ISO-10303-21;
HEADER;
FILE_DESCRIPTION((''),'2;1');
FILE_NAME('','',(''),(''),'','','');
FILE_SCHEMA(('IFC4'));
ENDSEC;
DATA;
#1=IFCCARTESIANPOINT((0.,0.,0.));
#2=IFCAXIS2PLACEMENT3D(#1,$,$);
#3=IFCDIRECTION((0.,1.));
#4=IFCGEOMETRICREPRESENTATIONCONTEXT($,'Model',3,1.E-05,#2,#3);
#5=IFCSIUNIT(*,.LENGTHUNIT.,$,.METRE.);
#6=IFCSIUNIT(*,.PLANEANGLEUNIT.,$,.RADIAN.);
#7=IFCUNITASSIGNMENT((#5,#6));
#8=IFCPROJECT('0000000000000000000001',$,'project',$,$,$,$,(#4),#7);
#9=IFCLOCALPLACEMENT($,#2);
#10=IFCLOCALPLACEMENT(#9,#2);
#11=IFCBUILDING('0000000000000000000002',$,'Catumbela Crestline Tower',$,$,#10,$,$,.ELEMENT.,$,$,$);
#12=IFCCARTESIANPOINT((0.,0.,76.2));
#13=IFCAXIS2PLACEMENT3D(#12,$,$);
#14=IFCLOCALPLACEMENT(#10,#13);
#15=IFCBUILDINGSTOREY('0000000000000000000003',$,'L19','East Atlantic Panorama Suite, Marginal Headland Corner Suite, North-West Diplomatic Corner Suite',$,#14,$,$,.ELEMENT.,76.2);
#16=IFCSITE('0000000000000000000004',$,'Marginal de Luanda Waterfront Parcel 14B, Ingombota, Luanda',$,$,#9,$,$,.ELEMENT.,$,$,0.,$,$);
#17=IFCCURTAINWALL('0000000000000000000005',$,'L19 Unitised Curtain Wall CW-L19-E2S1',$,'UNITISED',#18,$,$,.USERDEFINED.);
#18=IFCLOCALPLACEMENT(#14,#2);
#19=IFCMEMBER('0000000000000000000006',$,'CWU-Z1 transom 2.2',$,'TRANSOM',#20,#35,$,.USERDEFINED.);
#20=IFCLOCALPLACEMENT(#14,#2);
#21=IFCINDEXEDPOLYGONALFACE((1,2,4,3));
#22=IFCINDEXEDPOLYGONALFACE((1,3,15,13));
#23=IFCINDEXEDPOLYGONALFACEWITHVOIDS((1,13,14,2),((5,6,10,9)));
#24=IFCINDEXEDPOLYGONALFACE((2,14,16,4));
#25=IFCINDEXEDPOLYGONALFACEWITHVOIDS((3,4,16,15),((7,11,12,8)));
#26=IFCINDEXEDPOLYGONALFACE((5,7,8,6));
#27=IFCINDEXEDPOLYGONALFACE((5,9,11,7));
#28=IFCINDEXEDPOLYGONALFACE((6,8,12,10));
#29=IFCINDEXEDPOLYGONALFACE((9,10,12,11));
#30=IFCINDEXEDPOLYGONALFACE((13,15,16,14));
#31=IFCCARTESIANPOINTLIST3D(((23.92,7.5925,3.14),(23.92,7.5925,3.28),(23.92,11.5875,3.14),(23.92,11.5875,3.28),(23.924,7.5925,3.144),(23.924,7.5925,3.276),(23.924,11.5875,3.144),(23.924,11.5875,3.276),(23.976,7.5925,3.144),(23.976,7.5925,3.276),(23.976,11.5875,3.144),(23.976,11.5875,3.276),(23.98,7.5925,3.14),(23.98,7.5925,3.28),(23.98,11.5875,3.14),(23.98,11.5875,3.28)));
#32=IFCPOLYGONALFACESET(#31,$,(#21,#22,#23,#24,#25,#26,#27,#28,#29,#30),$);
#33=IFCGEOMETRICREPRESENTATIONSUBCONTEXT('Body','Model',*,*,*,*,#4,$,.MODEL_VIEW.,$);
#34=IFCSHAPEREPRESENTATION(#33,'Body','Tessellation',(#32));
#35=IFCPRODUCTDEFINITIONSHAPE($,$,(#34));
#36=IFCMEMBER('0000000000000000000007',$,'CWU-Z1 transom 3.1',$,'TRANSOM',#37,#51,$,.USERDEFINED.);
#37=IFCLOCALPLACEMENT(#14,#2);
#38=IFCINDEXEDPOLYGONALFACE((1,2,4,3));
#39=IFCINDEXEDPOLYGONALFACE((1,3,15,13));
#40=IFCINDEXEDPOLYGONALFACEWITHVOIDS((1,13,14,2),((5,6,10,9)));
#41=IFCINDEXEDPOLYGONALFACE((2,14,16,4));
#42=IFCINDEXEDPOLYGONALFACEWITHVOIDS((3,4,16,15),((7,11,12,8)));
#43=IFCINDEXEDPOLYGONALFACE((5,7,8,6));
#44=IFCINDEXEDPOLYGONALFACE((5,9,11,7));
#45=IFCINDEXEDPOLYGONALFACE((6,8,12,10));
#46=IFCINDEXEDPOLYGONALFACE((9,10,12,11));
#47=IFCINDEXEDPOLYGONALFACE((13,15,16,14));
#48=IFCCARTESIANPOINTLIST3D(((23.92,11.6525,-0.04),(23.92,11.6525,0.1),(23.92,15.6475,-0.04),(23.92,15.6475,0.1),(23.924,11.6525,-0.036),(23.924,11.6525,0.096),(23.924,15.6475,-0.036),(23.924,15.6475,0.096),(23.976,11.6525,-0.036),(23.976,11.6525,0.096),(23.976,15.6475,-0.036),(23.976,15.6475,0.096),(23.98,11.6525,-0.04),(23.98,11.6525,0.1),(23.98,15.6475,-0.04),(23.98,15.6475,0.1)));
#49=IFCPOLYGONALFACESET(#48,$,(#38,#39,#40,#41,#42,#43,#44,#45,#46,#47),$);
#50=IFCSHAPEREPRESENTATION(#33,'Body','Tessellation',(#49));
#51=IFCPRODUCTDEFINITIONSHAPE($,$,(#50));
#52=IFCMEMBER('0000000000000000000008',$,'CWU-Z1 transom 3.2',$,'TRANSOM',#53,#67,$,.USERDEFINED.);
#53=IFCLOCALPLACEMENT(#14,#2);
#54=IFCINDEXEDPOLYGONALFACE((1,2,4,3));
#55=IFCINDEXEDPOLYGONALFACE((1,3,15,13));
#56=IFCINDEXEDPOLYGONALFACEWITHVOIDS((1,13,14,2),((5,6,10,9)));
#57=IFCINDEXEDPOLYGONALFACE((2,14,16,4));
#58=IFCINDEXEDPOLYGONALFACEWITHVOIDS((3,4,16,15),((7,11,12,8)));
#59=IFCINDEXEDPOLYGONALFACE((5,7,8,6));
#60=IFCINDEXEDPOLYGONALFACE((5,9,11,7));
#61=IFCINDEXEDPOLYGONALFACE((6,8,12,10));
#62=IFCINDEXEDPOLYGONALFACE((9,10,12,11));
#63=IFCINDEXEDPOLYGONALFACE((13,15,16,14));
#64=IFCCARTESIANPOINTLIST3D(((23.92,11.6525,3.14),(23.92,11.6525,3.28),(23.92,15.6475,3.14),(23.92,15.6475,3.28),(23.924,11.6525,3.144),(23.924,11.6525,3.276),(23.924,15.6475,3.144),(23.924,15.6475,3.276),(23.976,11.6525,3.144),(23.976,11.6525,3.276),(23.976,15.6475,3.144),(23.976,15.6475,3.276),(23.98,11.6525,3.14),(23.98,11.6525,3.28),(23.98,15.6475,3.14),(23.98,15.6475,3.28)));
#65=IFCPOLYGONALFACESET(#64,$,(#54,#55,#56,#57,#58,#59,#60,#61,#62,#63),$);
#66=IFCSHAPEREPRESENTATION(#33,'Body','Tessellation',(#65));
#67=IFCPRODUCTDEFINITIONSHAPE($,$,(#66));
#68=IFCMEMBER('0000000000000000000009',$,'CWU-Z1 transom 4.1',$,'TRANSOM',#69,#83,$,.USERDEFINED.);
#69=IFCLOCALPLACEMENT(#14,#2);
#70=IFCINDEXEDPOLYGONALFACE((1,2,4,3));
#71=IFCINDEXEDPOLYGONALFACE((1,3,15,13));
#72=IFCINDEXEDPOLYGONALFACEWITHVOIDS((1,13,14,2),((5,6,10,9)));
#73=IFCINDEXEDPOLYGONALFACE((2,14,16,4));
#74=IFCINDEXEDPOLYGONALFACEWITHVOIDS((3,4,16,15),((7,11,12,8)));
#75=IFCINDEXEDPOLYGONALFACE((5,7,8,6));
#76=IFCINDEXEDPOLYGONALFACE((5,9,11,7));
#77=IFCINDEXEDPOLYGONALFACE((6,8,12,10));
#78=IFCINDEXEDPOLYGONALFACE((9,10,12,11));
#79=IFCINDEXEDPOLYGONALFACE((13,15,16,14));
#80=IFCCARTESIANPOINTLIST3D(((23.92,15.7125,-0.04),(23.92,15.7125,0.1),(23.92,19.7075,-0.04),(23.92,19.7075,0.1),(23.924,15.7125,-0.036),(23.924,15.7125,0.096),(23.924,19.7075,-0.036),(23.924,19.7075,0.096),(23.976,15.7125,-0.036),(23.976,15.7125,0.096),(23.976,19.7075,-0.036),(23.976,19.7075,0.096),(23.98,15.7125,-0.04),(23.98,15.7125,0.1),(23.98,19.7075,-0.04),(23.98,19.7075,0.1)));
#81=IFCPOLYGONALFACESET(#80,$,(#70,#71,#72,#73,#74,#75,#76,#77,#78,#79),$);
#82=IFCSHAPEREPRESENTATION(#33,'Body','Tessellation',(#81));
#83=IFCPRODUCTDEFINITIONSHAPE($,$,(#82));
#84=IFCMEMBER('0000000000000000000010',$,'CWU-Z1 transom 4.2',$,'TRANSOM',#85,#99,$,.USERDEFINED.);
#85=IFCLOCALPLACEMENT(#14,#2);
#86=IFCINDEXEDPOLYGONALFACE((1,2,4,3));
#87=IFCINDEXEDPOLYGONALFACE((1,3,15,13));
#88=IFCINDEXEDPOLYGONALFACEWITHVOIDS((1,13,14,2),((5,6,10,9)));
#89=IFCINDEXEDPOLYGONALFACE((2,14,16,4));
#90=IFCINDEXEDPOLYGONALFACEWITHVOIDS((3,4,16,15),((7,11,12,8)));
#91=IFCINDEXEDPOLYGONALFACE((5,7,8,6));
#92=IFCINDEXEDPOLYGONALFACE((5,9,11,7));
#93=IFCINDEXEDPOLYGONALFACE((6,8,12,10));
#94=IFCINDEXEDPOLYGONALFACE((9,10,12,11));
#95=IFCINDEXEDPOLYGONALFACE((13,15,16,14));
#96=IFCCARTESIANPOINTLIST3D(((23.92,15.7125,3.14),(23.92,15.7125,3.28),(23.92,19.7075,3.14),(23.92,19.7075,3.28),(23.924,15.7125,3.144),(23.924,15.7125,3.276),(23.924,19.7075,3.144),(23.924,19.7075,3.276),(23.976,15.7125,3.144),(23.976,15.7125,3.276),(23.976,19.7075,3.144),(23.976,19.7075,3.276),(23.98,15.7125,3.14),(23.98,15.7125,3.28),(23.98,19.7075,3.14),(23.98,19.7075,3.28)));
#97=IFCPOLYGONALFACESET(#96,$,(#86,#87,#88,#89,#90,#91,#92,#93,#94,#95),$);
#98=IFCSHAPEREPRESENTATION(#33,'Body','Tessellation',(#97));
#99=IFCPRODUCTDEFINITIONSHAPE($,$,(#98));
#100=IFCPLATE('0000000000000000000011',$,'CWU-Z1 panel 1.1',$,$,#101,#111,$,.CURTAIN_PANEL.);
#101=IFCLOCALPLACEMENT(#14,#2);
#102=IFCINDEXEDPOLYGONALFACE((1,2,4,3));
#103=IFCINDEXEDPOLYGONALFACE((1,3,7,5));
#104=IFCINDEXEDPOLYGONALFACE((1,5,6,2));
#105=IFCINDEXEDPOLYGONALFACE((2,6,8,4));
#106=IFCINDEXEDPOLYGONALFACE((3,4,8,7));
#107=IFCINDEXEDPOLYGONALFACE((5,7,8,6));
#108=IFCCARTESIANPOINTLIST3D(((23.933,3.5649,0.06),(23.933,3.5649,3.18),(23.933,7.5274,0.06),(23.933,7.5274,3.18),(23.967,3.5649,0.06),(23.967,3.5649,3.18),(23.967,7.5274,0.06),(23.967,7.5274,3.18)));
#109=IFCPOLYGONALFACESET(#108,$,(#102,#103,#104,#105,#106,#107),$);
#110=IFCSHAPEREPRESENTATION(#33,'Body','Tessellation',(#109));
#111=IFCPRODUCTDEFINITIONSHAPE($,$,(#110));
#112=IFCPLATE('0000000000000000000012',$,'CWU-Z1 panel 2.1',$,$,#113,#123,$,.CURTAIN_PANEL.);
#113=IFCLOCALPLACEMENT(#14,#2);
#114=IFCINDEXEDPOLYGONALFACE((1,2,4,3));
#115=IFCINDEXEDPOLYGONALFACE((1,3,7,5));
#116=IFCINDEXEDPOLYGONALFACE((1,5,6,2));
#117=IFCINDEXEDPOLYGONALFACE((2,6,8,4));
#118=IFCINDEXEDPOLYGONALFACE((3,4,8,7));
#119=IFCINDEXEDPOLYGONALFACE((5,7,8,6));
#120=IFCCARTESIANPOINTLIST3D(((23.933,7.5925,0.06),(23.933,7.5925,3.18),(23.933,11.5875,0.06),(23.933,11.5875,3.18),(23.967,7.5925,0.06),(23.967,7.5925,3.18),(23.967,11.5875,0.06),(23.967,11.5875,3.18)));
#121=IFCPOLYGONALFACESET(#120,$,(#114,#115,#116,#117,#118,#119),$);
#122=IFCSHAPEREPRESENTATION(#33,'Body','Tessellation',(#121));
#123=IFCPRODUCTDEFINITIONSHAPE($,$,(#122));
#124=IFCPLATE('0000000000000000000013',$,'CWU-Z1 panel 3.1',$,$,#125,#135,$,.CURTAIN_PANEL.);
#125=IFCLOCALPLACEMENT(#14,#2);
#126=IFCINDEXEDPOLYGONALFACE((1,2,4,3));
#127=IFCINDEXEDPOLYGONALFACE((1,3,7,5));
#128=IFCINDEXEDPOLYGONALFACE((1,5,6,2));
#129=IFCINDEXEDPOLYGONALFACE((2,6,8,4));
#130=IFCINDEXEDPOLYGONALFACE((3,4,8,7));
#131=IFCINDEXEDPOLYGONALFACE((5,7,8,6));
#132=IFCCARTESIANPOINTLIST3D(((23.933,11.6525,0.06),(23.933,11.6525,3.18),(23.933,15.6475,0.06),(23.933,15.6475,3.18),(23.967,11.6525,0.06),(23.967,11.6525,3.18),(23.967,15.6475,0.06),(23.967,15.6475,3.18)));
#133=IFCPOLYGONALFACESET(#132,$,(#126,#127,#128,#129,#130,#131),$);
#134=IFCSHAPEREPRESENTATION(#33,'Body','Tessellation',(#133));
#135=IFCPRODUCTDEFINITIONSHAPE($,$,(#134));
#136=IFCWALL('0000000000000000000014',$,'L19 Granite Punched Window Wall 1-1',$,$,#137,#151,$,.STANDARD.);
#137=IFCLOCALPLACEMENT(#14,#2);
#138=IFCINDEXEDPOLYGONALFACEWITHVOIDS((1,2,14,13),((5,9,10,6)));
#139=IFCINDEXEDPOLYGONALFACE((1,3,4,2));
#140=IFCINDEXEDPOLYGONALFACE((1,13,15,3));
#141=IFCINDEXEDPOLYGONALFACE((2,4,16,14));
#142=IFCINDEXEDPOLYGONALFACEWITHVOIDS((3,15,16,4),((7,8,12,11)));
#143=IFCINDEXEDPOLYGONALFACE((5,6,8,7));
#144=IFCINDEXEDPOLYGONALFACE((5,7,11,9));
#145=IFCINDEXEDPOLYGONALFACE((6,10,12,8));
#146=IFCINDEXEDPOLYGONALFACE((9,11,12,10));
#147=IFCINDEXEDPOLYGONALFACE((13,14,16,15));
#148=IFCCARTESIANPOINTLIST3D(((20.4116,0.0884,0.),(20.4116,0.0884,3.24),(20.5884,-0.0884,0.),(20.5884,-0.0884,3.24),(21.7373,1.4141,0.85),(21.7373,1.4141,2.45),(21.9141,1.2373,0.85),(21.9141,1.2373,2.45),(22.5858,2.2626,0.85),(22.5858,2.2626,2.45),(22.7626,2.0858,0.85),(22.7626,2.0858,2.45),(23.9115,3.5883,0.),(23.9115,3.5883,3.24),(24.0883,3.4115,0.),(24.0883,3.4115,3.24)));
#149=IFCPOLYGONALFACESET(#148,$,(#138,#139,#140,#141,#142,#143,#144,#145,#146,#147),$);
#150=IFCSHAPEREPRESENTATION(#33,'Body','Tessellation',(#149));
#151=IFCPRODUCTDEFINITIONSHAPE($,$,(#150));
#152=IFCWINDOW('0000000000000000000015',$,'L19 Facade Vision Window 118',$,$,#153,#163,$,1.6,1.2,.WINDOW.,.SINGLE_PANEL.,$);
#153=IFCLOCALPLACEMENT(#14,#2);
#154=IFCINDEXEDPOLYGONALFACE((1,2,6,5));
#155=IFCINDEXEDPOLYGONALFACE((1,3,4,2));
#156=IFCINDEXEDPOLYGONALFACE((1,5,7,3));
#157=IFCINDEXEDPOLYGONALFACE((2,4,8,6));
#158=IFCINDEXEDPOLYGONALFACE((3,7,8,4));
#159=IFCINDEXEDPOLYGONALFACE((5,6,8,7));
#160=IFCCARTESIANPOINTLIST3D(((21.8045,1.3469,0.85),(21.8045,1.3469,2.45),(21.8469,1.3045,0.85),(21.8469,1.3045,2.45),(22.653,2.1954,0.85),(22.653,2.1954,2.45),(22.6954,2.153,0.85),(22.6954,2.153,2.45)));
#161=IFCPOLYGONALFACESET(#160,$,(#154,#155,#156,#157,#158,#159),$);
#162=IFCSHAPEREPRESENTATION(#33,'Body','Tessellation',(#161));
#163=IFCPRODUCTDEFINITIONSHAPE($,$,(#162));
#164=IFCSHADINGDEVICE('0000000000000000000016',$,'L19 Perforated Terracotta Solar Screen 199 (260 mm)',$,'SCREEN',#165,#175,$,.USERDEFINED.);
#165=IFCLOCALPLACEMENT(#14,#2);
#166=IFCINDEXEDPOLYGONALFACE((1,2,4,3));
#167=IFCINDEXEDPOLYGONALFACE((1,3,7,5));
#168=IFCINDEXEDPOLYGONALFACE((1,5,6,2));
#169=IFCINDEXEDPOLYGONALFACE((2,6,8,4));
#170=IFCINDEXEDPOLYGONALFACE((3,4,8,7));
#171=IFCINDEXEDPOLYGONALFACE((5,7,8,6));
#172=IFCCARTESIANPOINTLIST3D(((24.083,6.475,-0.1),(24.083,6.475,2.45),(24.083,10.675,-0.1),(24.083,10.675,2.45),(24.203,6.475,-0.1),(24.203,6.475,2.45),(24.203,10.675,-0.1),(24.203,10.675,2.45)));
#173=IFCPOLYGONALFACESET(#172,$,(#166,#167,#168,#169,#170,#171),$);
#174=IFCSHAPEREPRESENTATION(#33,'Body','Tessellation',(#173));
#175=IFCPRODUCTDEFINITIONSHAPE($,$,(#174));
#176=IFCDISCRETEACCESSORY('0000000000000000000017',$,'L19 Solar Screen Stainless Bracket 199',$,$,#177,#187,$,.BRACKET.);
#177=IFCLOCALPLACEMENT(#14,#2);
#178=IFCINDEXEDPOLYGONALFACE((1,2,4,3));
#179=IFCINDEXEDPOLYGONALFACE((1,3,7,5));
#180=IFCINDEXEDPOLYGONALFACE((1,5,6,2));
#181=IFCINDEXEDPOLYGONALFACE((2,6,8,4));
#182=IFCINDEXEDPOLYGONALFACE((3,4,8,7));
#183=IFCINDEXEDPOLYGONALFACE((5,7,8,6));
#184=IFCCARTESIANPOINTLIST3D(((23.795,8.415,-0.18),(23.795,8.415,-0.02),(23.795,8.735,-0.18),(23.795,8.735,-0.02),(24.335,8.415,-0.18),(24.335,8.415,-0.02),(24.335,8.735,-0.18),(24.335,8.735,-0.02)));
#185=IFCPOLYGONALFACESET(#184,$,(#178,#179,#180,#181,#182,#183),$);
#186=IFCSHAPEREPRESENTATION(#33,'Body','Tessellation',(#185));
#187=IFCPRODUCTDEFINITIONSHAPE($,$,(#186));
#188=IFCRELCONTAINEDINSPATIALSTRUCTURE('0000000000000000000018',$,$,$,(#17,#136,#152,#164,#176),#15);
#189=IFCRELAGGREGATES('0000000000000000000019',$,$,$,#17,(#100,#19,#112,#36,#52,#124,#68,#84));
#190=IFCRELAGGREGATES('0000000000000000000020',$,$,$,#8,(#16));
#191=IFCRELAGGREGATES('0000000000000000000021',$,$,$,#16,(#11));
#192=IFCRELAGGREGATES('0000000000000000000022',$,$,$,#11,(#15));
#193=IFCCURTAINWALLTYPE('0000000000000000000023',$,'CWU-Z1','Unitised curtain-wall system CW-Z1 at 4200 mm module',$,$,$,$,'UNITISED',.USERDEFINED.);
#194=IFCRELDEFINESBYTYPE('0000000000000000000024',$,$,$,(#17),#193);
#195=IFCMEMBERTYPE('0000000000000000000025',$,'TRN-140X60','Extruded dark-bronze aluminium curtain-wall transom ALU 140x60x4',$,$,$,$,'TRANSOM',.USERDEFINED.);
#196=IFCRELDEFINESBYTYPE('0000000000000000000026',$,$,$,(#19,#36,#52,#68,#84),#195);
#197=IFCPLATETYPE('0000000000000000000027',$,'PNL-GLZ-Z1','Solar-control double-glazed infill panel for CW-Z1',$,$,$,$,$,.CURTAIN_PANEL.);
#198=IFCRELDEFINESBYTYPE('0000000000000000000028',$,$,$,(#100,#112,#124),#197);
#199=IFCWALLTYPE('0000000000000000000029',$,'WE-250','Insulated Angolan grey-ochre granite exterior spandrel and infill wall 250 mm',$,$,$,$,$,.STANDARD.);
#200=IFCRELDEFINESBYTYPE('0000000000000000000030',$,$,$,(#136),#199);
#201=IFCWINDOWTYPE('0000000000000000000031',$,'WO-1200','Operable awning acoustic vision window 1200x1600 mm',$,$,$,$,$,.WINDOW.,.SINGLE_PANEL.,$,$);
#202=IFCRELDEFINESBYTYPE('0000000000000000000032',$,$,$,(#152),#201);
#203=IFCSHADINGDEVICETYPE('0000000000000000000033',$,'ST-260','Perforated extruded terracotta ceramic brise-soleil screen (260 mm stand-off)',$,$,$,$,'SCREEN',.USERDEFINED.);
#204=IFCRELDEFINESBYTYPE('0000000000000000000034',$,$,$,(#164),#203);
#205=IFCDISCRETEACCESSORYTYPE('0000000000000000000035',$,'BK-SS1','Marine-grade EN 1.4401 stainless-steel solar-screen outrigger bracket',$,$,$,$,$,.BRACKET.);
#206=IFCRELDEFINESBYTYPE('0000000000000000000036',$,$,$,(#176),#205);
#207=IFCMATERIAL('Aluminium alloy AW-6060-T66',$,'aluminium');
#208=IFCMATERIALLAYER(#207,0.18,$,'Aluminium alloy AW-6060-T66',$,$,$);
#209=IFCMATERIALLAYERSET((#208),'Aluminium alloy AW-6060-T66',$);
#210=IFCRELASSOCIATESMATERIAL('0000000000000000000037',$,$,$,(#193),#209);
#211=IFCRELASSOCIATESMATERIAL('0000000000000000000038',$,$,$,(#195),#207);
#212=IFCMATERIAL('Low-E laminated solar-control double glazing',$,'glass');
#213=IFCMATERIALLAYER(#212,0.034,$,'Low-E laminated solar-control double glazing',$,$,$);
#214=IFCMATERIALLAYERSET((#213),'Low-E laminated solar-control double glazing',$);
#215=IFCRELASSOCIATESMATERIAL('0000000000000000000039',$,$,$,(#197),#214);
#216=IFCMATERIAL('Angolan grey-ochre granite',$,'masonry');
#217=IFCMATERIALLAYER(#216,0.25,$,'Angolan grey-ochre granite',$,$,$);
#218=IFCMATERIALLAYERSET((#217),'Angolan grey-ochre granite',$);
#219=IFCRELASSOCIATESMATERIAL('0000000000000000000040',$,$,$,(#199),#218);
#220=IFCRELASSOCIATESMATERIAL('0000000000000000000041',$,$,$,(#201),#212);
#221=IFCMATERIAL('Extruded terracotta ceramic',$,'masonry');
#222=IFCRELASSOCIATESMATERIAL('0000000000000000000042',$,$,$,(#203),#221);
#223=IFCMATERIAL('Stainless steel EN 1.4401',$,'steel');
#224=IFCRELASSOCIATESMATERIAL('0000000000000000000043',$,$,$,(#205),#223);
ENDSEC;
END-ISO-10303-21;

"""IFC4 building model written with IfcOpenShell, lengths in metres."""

from ifc_helpers import new_model, si_unit, direction, frame, frame_2d, origin, origin_2d, place, context, subcontext, project, spatial, rectangle, hollow_rectangle, extrude, material, layer, layer_set, material_profile, profile_set, type_object, element, fill, aggregate, save


model = new_model("IFC4")

# Units and contexts
model_context = context("Model", 3, precision=1e-05, world=origin(), true_north=direction((0.0, 1.0)))
body_context = subcontext(model_context, "Body", "Model", "MODEL_VIEW")
ifc_project = project(units=[si_unit("LENGTHUNIT", "METRE"), si_unit("PLANEANGLEUNIT", "RADIAN")], contexts=[model_context])

# Site, building, storey
site_placement = place(None, origin())
site = spatial("IfcSite", under=ifc_project, at=site_placement, Name="Marginal de Luanda Waterfront Parcel 14B, Ingombota, Luanda", CompositionType="ELEMENT", RefElevation=0.0)
building_placement = place(site_placement, origin())
building = spatial("IfcBuilding", under=site, at=building_placement, Name="Catumbela Crestline Tower", CompositionType="ELEMENT")
storey_placement = place(building_placement, frame((0.0, 0.0, 76.2)))
storey = spatial("IfcBuildingStorey", under=building, at=storey_placement, Name="L19", Description="East Atlantic Panorama Suite, Marginal Headland Corner Suite, North-West Diplomatic Corner Suite", CompositionType="ELEMENT", Elevation=76.2)

# Shared definitions
ifc_material_1 = material(Name="Aluminium alloy AW-6060-T66", Category="aluminium")
ifc_layer_1 = layer(ifc_material_1, 0.18, Name="Aluminium alloy AW-6060-T66")
ifc_layer_set_1 = layer_set([ifc_layer_1], Name="Aluminium alloy AW-6060-T66")
curtain_wall_type = type_object("IfcCurtainWallType", Name="CWU-Z1", Description="Unitised curtain-wall system CW-Z1 at 4200 mm module", ElementType="UNITISED", PredefinedType="USERDEFINED", material=ifc_layer_set_1)

# Curtain wall
curtain_wall_1_placement = place(storey_placement, origin())
curtain_wall_1 = element("IfcCurtainWall", 1, at=curtain_wall_1_placement, inside=storey, type_object=curtain_wall_type, Name="L19 Unitised Curtain Wall CW-L19-E2S1", ObjectType="UNITISED", PredefinedType="USERDEFINED")

# Members
ifc_material_profile_1 = material_profile(ifc_material_1, hollow_rectangle(XDim=0.06, YDim=0.14, WallThickness=0.004, at=origin_2d()), Name="ALU 140x60x4")
ifc_profile_set_1 = profile_set([ifc_material_profile_1], Name="Aluminium alloy AW-6060-T66")
member_type_1 = type_object("IfcMemberType", Name="TRN-140X60", Description="Extruded dark-bronze aluminium curtain-wall transom ALU 140x60x4", ElementType="TRANSOM", PredefinedType="USERDEFINED", material=ifc_profile_set_1)
member_1_placement = place(storey_placement, frame((23.95, 7.5925, 3.21), z_axis=(0.0, 1.0, 0.0), x_axis=(-1.0, 0.0, 0.0)))
member_1 = element("IfcMember", 2, at=member_1_placement, type_object=member_type_1, Name="CWU-Z1 transom 2.2", ObjectType="TRANSOM", PredefinedType="USERDEFINED", context=body_context, shape_type="SweptSolid", body=[
    extrude(hollow_rectangle(XDim=0.06, YDim=0.14, WallThickness=0.004, at=origin_2d()), origin(), (0.0, 0.0, 1.0), 3.995),
])
member_2_placement = place(storey_placement, frame((23.95, 11.6525, 0.03), z_axis=(0.0, 1.0, 0.0), x_axis=(-1.0, 0.0, 0.0)))
member_2 = element("IfcMember", 3, at=member_2_placement, type_object=member_type_1, Name="CWU-Z1 transom 3.1", ObjectType="TRANSOM", PredefinedType="USERDEFINED", context=body_context, shape_type="SweptSolid", body=[
    extrude(hollow_rectangle(XDim=0.06, YDim=0.14, WallThickness=0.004, at=origin_2d()), origin(), (0.0, 0.0, 1.0), 3.995),
])
member_3_placement = place(storey_placement, frame((23.95, 11.6525, 3.21), z_axis=(0.0, 1.0, 0.0), x_axis=(-1.0, 0.0, 0.0)))
member_3 = element("IfcMember", 4, at=member_3_placement, type_object=member_type_1, Name="CWU-Z1 transom 3.2", ObjectType="TRANSOM", PredefinedType="USERDEFINED", context=body_context, shape_type="SweptSolid", body=[
    extrude(hollow_rectangle(XDim=0.06, YDim=0.14, WallThickness=0.004, at=origin_2d()), origin(), (0.0, 0.0, 1.0), 3.995),
])
member_4_placement = place(storey_placement, frame((23.95, 15.7125, 0.03), z_axis=(0.0, 1.0, 0.0), x_axis=(-1.0, 0.0, 0.0)))
member_4 = element("IfcMember", 5, at=member_4_placement, type_object=member_type_1, Name="CWU-Z1 transom 4.1", ObjectType="TRANSOM", PredefinedType="USERDEFINED", context=body_context, shape_type="SweptSolid", body=[
    extrude(hollow_rectangle(XDim=0.06, YDim=0.14, WallThickness=0.004, at=origin_2d()), origin(), (0.0, 0.0, 1.0), 3.995),
])
member_5_placement = place(storey_placement, frame((23.95, 15.7125, 3.21), z_axis=(0.0, 1.0, 0.0), x_axis=(-1.0, 0.0, 0.0)))
member_5 = element("IfcMember", 6, at=member_5_placement, type_object=member_type_1, Name="CWU-Z1 transom 4.2", ObjectType="TRANSOM", PredefinedType="USERDEFINED", context=body_context, shape_type="SweptSolid", body=[
    extrude(hollow_rectangle(XDim=0.06, YDim=0.14, WallThickness=0.004, at=origin_2d()), origin(), (0.0, 0.0, 1.0), 3.995),
])

# Plates
ifc_material_2 = material(Name="Low-E laminated solar-control double glazing", Category="glass")
ifc_layer_2 = layer(ifc_material_2, 0.034, Name="Low-E laminated solar-control double glazing")
ifc_layer_set_2 = layer_set([ifc_layer_2], Name="Low-E laminated solar-control double glazing")
plate_type = type_object("IfcPlateType", Name="PNL-GLZ-Z1", Description="Solar-control double-glazed infill panel for CW-Z1", PredefinedType="CURTAIN_PANEL", material=ifc_layer_set_2)
plate_1_placement = place(storey_placement, frame((23.95, 5.5462, 0.06), z_axis=(0.0, 0.0, 1.0), x_axis=(0.0, 1.0, 0.0)))
plate_1 = element("IfcPlate", 7, at=plate_1_placement, type_object=plate_type, Name="CWU-Z1 panel 1.1", PredefinedType="CURTAIN_PANEL", context=body_context, shape_type="SweptSolid", body=[
    extrude(rectangle(XDim=3.9625, YDim=0.034, at=origin_2d()), origin(), (0.0, 0.0, 1.0), 3.12),
])
plate_2_placement = place(storey_placement, frame((23.95, 9.59, 0.06), z_axis=(0.0, 0.0, 1.0), x_axis=(0.0, 1.0, 0.0)))
plate_2 = element("IfcPlate", 8, at=plate_2_placement, type_object=plate_type, Name="CWU-Z1 panel 2.1", PredefinedType="CURTAIN_PANEL", context=body_context, shape_type="SweptSolid", body=[
    extrude(rectangle(XDim=3.995, YDim=0.034, at=origin_2d()), origin(), (0.0, 0.0, 1.0), 3.12),
])
plate_3_placement = place(storey_placement, frame((23.95, 13.65, 0.06), z_axis=(0.0, 0.0, 1.0), x_axis=(0.0, 1.0, 0.0)))
plate_3 = element("IfcPlate", 9, at=plate_3_placement, type_object=plate_type, Name="CWU-Z1 panel 3.1", PredefinedType="CURTAIN_PANEL", context=body_context, shape_type="SweptSolid", body=[
    extrude(rectangle(XDim=3.995, YDim=0.034, at=origin_2d()), origin(), (0.0, 0.0, 1.0), 3.12),
])
aggregate(curtain_wall_1, [plate_1, member_1, plate_2, member_2, member_3, plate_3, member_4, member_5])

# Wall, opening, window
ifc_material_3 = material(Name="Angolan grey-ochre granite", Category="masonry")
ifc_layer_3 = layer(ifc_material_3, 0.25, Name="Angolan grey-ochre granite")
ifc_layer_set_3 = layer_set([ifc_layer_3], Name="Angolan grey-ochre granite")
wall_type = type_object("IfcWallType", Name="WE-250", Description="Insulated Angolan grey-ochre granite exterior spandrel and infill wall 250 mm", PredefinedType="STANDARD", material=ifc_layer_set_3)
wall_placement = place(storey_placement, frame((20.5, 0.0, 0.0), z_axis=(0.0, 0.0, 1.0), x_axis=(0.707107, 0.707107, 0.0)))
wall = element("IfcWall", 10, at=wall_placement, inside=storey, type_object=wall_type, Name="L19 Granite Punched Window Wall 1-1", PredefinedType="STANDARD", context=body_context, shape_type="SweptSolid", body=[
    extrude(rectangle(XDim=4.9497, YDim=0.25, at=frame_2d((2.4748, 0.0))), origin(), (0.0, 0.0, 1.0), 3.24),
])
opening_placement = place(wall_placement, frame((1.8748, 0.0, 0.85)))
opening = element("IfcOpeningElement", 11, at=opening_placement, cuts=wall, PredefinedType="OPENING", context=body_context, shape_type="SweptSolid", body=[
    extrude(rectangle(XDim=1.2, YDim=1.6, at=frame_2d((0.6, 0.8))), frame((0.0, 0.135, 0.0), z_axis=(0.0, -1.0, 0.0), x_axis=(1.0, 0.0, 0.0)), (0.0, 0.0, 1.0), 0.27),
])
window_type = type_object("IfcWindowType", Name="WO-1200", Description="Operable awning acoustic vision window 1200x1600 mm", PartitioningType="SINGLE_PANEL", PredefinedType="WINDOW", material=ifc_material_2)
window_placement = place(opening_placement, origin())
window = element("IfcWindow", 12, at=window_placement, inside=storey, type_object=window_type, Name="L19 Facade Vision Window 118", OverallHeight=1.6, OverallWidth=1.2, PartitioningType="SINGLE_PANEL", PredefinedType="WINDOW", context=body_context, shape_type="SweptSolid", body=[
    extrude(rectangle(XDim=1.2, YDim=1.6, at=frame_2d((0.6, 0.8))), frame((0.0, 0.03, 0.0), z_axis=(0.0, -1.0, 0.0), x_axis=(1.0, 0.0, 0.0)), (0.0, 0.0, 1.0), 0.06),
])
fill(opening, window)

# Shading device
ifc_material_4 = material(Name="Extruded terracotta ceramic", Category="masonry")
shading_device_type = type_object("IfcShadingDeviceType", Name="ST-260", Description="Perforated extruded terracotta ceramic brise-soleil screen (260 mm stand-off)", ElementType="SCREEN", PredefinedType="USERDEFINED", material=ifc_material_4)
shading_device_placement = place(storey_placement, frame((24.143, 8.575, -0.1), z_axis=(0.0, 0.0, 1.0), x_axis=(0.0, 1.0, 0.0)))
element("IfcShadingDevice", 13, at=shading_device_placement, inside=storey, type_object=shading_device_type, Name="L19 Perforated Terracotta Solar Screen 199 (260 mm)", ObjectType="SCREEN", PredefinedType="USERDEFINED", context=body_context, shape_type="SweptSolid", body=[
    extrude(rectangle(XDim=4.2, YDim=0.12, at=origin_2d()), origin(), (0.0, 0.0, 1.0), 2.55),
])

# Discrete accessory
ifc_material_5 = material(Name="Stainless steel EN 1.4401", Category="steel")
discrete_accessory_type = type_object("IfcDiscreteAccessoryType", Name="BK-SS1", Description="Marine-grade EN 1.4401 stainless-steel solar-screen outrigger bracket", PredefinedType="BRACKET", material=ifc_material_5)
discrete_accessory_placement = place(storey_placement, frame((24.065, 8.575, -0.18), z_axis=(0.0, 0.0, 1.0), x_axis=(0.0, 1.0, 0.0)))
element("IfcDiscreteAccessory", 14, at=discrete_accessory_placement, inside=storey, type_object=discrete_accessory_type, Name="L19 Solar Screen Stainless Bracket 199", PredefinedType="BRACKET", context=body_context, shape_type="SweptSolid", body=[
    extrude(rectangle(XDim=0.32, YDim=0.54, at=origin_2d()), origin(), (0.0, 0.0, 1.0), 0.16),
])

save(model, "model.ifc")
